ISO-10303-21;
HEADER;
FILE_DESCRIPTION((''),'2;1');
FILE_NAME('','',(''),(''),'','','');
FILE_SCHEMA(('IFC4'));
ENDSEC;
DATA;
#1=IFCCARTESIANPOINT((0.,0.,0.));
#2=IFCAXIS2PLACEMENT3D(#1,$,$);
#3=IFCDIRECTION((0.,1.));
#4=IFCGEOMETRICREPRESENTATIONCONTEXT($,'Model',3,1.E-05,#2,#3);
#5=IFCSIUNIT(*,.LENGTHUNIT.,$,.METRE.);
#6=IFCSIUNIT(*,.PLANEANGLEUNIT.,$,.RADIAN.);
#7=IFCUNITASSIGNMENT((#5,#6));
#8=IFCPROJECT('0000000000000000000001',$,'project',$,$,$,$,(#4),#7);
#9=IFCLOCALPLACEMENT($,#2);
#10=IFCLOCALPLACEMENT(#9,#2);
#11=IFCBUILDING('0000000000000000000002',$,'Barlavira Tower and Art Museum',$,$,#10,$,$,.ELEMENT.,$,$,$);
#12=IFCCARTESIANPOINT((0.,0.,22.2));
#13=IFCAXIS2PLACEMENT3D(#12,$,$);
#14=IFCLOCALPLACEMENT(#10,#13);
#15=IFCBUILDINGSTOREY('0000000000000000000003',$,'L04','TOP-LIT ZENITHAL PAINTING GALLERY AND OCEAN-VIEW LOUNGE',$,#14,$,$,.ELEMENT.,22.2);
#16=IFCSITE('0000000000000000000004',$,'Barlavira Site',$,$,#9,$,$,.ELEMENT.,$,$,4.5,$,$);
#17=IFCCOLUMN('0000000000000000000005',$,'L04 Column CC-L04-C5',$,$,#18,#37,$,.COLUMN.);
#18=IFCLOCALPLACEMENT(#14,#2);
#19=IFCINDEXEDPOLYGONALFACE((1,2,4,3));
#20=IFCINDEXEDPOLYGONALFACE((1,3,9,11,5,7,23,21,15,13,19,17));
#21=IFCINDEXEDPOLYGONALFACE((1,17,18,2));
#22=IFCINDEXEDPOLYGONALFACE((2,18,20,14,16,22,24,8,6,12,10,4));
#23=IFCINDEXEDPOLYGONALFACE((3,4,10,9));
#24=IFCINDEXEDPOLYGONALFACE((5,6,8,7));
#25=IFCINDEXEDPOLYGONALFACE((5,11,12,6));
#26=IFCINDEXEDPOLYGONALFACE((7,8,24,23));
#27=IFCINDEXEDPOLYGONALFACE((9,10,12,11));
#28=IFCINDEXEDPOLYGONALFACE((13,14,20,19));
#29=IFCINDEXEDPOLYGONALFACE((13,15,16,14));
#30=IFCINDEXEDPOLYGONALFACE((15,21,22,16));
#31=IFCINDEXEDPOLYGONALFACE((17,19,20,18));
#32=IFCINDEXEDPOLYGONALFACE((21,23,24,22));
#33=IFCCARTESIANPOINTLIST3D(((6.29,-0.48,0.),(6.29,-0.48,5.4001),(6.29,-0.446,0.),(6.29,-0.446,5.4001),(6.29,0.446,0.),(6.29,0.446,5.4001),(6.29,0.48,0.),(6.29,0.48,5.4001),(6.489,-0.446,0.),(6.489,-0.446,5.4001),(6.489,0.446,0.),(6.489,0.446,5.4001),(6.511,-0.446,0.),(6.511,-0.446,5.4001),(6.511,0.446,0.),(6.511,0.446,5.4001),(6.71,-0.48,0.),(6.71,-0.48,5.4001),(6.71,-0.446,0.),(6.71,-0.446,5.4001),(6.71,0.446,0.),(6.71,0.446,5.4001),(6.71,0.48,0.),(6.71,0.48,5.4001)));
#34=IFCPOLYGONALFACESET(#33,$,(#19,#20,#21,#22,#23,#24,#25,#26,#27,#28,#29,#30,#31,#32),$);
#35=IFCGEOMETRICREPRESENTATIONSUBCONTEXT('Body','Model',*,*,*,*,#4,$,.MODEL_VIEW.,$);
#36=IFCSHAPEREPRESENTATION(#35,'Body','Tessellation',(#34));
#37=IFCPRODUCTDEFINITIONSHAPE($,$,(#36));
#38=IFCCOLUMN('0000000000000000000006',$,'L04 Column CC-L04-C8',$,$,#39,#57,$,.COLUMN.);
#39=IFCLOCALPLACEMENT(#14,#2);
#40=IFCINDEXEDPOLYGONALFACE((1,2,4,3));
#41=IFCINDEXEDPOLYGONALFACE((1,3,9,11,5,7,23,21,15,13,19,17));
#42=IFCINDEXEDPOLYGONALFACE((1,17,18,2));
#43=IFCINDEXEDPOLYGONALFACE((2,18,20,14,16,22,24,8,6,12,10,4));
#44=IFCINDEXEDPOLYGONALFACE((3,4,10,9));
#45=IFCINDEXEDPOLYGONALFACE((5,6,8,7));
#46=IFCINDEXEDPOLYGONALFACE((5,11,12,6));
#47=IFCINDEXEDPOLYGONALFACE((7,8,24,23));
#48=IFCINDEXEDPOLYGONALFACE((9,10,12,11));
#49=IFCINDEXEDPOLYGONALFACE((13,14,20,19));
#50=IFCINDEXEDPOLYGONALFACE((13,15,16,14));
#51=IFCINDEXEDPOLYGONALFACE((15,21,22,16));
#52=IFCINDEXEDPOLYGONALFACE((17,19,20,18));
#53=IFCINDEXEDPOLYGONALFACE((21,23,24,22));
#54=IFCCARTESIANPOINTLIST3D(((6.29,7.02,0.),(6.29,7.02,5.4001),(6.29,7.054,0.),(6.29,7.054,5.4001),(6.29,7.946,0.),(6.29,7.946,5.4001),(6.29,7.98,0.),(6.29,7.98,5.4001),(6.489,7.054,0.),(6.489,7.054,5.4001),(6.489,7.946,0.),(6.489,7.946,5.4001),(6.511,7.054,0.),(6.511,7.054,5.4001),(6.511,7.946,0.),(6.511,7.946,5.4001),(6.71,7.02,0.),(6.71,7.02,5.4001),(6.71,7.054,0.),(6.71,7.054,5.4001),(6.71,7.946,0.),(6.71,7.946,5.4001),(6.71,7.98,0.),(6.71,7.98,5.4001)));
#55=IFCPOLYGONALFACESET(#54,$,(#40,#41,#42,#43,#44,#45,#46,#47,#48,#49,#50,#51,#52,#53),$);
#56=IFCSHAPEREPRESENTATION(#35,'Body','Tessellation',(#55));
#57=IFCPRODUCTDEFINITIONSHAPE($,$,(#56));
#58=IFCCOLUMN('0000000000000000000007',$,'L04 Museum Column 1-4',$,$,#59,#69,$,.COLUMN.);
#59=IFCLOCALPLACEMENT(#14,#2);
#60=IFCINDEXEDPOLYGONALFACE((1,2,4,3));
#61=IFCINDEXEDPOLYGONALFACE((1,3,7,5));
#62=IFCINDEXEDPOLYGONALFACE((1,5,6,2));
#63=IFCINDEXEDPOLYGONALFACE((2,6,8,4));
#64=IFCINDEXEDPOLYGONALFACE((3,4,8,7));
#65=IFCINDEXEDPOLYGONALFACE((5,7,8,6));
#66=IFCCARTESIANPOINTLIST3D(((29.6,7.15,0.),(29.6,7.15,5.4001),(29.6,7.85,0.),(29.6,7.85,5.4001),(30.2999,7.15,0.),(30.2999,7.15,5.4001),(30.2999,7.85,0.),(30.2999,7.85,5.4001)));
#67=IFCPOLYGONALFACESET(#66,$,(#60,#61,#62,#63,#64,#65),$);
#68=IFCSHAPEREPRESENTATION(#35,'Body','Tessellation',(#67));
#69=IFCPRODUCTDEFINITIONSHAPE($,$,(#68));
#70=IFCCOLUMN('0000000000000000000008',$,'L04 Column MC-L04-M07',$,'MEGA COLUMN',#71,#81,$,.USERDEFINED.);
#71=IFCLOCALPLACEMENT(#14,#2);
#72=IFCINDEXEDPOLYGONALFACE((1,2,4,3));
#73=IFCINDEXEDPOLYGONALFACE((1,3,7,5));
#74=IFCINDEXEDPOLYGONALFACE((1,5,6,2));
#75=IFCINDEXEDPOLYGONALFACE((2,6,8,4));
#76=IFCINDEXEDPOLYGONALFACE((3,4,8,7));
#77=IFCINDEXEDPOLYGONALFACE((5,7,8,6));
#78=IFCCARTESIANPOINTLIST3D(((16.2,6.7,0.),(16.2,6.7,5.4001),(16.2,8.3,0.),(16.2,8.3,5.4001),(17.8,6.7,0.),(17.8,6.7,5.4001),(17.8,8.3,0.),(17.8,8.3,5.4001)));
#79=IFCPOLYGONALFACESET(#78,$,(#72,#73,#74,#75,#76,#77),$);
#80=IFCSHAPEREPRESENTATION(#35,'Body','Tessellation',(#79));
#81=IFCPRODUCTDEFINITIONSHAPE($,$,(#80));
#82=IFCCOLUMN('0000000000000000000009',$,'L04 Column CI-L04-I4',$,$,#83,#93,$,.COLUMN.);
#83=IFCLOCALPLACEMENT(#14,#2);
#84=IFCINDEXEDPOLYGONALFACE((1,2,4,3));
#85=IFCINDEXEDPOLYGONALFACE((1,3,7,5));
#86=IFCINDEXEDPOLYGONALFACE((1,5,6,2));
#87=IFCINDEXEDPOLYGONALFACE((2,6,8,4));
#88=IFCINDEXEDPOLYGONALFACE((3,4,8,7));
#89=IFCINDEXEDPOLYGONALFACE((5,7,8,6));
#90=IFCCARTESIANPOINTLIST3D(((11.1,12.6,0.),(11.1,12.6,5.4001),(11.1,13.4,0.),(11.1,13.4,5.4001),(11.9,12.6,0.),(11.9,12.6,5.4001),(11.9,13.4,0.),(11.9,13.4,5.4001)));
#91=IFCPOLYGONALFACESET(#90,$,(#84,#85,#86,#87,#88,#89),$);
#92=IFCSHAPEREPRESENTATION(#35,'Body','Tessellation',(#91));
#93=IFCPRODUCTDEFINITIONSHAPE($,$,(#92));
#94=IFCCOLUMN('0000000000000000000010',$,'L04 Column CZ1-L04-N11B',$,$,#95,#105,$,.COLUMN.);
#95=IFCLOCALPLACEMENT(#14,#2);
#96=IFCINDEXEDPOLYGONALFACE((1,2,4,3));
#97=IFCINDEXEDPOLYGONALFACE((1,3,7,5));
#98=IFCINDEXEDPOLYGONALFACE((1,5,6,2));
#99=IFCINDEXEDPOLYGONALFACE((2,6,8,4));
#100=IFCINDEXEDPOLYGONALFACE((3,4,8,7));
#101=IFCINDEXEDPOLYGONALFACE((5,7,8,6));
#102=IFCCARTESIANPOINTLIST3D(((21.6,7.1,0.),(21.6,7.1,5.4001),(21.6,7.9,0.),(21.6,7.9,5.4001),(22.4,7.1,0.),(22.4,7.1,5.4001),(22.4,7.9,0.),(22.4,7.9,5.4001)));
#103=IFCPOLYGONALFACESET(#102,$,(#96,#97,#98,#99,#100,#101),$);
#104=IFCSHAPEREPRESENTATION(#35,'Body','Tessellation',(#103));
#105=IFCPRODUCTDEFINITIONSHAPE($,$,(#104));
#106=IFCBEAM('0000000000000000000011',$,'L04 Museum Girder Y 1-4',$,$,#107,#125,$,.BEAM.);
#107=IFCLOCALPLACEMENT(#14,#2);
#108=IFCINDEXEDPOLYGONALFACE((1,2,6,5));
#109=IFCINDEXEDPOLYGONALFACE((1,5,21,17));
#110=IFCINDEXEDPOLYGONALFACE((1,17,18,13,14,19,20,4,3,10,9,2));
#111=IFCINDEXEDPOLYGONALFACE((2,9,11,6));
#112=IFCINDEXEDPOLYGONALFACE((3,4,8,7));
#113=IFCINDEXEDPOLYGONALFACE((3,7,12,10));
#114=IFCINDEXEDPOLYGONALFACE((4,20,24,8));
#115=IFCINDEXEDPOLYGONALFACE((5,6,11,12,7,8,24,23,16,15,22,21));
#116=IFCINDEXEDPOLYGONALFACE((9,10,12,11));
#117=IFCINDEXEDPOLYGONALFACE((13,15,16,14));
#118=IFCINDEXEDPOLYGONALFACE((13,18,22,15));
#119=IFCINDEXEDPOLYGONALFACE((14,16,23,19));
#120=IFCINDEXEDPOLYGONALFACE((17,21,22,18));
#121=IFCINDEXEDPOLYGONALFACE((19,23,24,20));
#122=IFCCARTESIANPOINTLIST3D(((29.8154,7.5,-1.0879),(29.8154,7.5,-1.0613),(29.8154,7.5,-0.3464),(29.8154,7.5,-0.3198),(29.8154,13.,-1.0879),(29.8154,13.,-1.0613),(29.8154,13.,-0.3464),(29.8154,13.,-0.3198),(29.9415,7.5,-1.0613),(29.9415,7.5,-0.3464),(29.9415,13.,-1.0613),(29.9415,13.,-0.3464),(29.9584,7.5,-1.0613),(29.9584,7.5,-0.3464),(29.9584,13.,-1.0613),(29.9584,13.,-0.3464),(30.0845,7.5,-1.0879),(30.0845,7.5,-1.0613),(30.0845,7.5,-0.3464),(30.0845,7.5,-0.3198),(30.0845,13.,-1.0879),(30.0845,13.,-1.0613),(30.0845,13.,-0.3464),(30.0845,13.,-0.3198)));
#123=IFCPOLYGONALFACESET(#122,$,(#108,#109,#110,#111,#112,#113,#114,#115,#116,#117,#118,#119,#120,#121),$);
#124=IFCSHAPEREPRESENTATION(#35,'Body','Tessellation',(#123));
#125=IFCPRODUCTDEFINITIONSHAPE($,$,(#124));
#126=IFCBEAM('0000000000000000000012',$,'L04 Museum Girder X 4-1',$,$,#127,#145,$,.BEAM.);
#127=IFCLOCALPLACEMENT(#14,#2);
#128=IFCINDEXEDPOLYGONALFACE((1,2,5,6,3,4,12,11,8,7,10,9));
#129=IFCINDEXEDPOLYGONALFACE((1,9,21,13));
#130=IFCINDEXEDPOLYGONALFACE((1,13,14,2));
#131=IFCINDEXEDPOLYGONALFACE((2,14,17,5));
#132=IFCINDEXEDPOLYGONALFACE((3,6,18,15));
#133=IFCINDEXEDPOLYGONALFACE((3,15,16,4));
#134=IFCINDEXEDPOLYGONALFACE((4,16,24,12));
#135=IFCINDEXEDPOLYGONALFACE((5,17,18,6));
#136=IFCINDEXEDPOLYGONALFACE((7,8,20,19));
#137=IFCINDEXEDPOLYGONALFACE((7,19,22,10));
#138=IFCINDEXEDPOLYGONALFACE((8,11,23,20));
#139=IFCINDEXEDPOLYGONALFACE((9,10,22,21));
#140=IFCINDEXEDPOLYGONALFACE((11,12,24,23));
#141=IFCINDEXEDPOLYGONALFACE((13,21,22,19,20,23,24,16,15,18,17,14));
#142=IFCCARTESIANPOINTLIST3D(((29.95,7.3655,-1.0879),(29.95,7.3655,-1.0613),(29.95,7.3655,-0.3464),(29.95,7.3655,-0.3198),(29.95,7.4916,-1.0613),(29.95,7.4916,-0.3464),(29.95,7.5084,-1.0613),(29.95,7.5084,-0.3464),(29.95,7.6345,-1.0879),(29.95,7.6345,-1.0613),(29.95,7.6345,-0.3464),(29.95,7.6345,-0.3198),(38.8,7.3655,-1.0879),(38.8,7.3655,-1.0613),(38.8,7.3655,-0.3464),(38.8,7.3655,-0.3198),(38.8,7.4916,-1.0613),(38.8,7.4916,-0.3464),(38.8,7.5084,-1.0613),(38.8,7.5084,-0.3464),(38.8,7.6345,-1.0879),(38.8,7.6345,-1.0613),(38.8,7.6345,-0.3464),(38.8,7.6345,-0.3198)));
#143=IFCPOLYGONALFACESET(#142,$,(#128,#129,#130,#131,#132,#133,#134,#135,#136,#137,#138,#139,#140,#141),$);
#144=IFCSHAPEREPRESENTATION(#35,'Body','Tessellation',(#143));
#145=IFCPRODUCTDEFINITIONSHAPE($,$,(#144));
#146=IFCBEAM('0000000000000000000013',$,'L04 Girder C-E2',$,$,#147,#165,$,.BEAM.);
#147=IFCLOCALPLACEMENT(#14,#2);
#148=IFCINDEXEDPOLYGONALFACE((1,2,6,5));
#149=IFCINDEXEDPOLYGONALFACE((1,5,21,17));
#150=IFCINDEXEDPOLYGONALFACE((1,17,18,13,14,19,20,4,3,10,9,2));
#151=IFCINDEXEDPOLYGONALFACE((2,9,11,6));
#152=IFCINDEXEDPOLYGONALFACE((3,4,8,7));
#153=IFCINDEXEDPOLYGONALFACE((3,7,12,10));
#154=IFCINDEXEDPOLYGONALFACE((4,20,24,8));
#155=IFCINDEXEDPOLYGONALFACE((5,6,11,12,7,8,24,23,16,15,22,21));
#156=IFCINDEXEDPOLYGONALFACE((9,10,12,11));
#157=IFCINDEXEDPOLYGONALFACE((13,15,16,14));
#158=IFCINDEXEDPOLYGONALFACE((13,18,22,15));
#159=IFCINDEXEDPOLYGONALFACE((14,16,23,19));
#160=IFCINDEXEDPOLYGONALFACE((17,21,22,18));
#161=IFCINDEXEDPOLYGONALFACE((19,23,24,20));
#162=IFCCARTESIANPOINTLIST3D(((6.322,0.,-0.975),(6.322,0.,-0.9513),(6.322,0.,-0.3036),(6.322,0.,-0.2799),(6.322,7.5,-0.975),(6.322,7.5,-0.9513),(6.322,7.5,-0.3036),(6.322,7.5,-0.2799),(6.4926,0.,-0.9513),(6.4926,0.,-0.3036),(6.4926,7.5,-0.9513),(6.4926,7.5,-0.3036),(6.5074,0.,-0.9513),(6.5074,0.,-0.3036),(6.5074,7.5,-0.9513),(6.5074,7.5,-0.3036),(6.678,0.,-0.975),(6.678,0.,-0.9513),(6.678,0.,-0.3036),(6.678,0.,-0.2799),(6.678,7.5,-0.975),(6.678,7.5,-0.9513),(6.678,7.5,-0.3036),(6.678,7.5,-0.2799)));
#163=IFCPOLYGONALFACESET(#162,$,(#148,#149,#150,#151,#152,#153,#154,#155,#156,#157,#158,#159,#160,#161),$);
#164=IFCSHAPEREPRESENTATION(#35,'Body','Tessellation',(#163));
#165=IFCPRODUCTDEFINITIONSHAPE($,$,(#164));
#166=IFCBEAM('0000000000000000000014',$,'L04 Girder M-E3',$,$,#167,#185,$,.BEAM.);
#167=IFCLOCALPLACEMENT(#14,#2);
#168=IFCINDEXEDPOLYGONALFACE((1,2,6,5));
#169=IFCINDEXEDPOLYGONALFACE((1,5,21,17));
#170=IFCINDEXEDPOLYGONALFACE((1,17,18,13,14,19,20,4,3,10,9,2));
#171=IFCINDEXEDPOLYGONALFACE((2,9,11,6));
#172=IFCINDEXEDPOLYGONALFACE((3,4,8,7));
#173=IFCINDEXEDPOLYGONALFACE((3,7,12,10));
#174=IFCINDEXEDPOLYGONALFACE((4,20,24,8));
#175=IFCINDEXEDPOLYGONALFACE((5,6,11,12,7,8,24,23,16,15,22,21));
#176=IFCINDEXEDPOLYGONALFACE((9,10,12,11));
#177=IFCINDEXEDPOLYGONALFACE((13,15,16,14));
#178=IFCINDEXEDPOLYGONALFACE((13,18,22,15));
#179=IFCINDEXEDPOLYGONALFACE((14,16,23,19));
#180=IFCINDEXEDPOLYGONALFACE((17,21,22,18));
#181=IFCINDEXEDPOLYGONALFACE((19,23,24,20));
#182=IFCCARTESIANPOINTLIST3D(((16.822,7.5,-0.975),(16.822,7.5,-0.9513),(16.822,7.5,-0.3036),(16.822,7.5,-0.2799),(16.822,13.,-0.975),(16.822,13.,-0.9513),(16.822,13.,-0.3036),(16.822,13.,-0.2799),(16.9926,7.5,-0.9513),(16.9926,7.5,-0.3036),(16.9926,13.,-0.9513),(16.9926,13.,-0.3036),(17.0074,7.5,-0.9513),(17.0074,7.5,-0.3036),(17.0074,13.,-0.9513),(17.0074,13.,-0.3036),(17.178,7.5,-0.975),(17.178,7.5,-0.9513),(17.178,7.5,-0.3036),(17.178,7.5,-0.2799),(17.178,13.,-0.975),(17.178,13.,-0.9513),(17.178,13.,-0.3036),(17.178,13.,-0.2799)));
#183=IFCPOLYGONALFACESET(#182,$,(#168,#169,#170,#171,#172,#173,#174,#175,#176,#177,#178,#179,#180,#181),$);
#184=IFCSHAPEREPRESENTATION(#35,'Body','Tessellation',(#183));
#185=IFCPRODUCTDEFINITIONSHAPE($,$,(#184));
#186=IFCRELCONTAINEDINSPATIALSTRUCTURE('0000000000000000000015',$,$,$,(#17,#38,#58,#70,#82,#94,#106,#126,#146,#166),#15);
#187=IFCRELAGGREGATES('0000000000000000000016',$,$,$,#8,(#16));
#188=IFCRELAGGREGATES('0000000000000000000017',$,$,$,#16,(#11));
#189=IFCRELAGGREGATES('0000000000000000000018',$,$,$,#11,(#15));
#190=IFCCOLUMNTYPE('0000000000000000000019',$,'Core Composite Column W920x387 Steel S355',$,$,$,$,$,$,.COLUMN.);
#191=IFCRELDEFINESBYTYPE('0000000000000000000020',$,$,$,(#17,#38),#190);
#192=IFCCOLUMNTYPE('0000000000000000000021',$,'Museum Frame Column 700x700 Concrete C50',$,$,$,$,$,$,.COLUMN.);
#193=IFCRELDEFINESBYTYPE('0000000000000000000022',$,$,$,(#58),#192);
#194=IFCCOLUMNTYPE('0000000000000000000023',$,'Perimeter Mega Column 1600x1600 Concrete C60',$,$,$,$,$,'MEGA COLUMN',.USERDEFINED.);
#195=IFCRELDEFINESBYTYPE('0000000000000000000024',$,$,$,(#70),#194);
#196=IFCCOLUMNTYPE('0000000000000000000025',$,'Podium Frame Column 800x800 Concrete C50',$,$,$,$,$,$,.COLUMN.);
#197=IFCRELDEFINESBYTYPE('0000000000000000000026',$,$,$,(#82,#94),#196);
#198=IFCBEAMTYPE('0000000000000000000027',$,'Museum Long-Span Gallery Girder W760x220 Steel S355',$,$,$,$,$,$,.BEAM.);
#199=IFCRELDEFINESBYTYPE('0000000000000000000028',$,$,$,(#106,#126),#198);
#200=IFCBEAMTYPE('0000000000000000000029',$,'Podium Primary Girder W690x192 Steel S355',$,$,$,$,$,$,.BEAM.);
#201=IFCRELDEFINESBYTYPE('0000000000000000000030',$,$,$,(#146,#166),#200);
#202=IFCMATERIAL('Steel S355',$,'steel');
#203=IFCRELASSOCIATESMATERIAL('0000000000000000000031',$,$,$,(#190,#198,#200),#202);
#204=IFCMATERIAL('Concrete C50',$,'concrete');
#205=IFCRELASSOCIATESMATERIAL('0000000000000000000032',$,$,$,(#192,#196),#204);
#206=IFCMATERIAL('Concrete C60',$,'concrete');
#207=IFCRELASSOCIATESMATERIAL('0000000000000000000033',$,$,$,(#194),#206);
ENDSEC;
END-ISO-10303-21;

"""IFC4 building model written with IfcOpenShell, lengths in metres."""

from ifc_helpers import new_model, si_unit, direction, frame, origin, origin_2d, place, context, subcontext, project, spatial, rectangle, i_section, extrude, material, material_profile, profile_set, type_object, element, save


model = new_model("IFC4")

# Units and contexts
model_context = context("Model", 3, precision=1e-05, world=origin(), true_north=direction((0.0, 1.0)))
body_context = subcontext(model_context, "Body", "Model", "MODEL_VIEW")
ifc_project = project(units=[si_unit("LENGTHUNIT", "METRE"), si_unit("PLANEANGLEUNIT", "RADIAN")], contexts=[model_context])

# Site, building, storey
site_placement = place(None, origin())
site = spatial("IfcSite", under=ifc_project, at=site_placement, Name="Barlavira Site", CompositionType="ELEMENT", RefElevation=4.5)
building_placement = place(site_placement, origin())
building = spatial("IfcBuilding", under=site, at=building_placement, Name="Barlavira Tower and Art Museum", CompositionType="ELEMENT")
storey_placement = place(building_placement, frame((0.0, 0.0, 22.2)))
storey = spatial("IfcBuildingStorey", under=building, at=storey_placement, Name="L04", Description="TOP-LIT ZENITHAL PAINTING GALLERY AND OCEAN-VIEW LOUNGE", CompositionType="ELEMENT", Elevation=22.2)

# Columns
ifc_material_1 = material(Name="Steel S355", Category="steel")
ifc_material_profile_1 = material_profile(ifc_material_1, i_section(OverallWidth=0.4199, OverallDepth=0.96, WebThickness=0.022, FlangeThickness=0.0339, at=origin_2d()), Name="W920x387.0")
ifc_profile_set_1 = profile_set([ifc_material_profile_1], Name="Steel S355")
column_type_1 = type_object("IfcColumnType", Name="Core Composite Column W920x387 Steel S355", PredefinedType="COLUMN", material=ifc_profile_set_1)
for number, where, z_axis, x_axis, name in (
    (1, (6.5, 0.0, 0.0), (0.0, 0.0, 1.0), (1.0, 0.0, 0.0), "L04 Column CC-L04-C5"),
    (2, (6.5, 7.5, 0.0), (0.0, 0.0, 1.0), (1.0, 0.0, 0.0), "L04 Column CC-L04-C8"),
):
    element("IfcColumn", number, at=place(storey_placement, frame(where, z_axis=z_axis, x_axis=x_axis)), inside=storey, type_object=column_type_1, Name=name, PredefinedType="COLUMN", context=body_context, shape_type="SweptSolid", body=[
        extrude(i_section(OverallWidth=0.4199, OverallDepth=0.96, WebThickness=0.022, FlangeThickness=0.0339, at=origin_2d()), origin(), (0.0, 0.0, 1.0), 5.4001),
    ])
ifc_material_2 = material(Name="Concrete C50", Category="concrete")
ifc_material_profile_2 = material_profile(ifc_material_2, rectangle(XDim=0.7, YDim=0.7, at=origin_2d()), Name="RC-COL 700x700")
ifc_profile_set_2 = profile_set([ifc_material_profile_2], Name="Concrete C50")
column_type_2 = type_object("IfcColumnType", Name="Museum Frame Column 700x700 Concrete C50", PredefinedType="COLUMN", material=ifc_profile_set_2)
column_1_placement = place(storey_placement, frame((29.95, 7.5, 0.0), z_axis=(0.0, 0.0, 1.0), x_axis=(1.0, 0.0, 0.0)))
element("IfcColumn", 3, at=column_1_placement, inside=storey, type_object=column_type_2, Name="L04 Museum Column 1-4", PredefinedType="COLUMN", context=body_context, shape_type="SweptSolid", body=[
    extrude(rectangle(XDim=0.7, YDim=0.7, at=origin_2d()), origin(), (0.0, 0.0, 1.0), 5.4001),
])
ifc_material_3 = material(Name="Concrete C60", Category="concrete")
ifc_material_profile_3 = material_profile(ifc_material_3, rectangle(XDim=1.6001, YDim=1.6001, at=origin_2d()), Name="RC-MCOL 1600x1600")
ifc_profile_set_3 = profile_set([ifc_material_profile_3], Name="Concrete C60")
column_type_3 = type_object("IfcColumnType", Name="Perimeter Mega Column 1600x1600 Concrete C60", ElementType="MEGA COLUMN", PredefinedType="USERDEFINED", material=ifc_profile_set_3)
column_2_placement = place(storey_placement, frame((17.0, 7.5, 0.0), z_axis=(0.0, 0.0, 1.0), x_axis=(1.0, 0.0, 0.0)))
element("IfcColumn", 4, at=column_2_placement, inside=storey, type_object=column_type_3, Name="L04 Column MC-L04-M07", ObjectType="MEGA COLUMN", PredefinedType="USERDEFINED", context=body_context, shape_type="SweptSolid", body=[
    extrude(rectangle(XDim=1.6001, YDim=1.6001, at=origin_2d()), origin(), (0.0, 0.0, 1.0), 5.4001),
])
ifc_material_profile_4 = material_profile(ifc_material_2, rectangle(XDim=0.8, YDim=0.8, at=origin_2d()), Name="RC-COL 800x800")
ifc_profile_set_4 = profile_set([ifc_material_profile_4], Name="Concrete C50")
column_type_4 = type_object("IfcColumnType", Name="Podium Frame Column 800x800 Concrete C50", PredefinedType="COLUMN", material=ifc_profile_set_4)
for number, where, z_axis, x_axis, name in (
    (5, (11.5, 13.0, 0.0), (0.0, 0.0, 1.0), (1.0, 0.0, 0.0), "L04 Column CI-L04-I4"),
    (6, (22.0, 7.5, 0.0), (0.0, 0.0, 1.0), (1.0, 0.0, 0.0), "L04 Column CZ1-L04-N11B"),
):
    element("IfcColumn", number, at=place(storey_placement, frame(where, z_axis=z_axis, x_axis=x_axis)), inside=storey, type_object=column_type_4, Name=name, PredefinedType="COLUMN", context=body_context, shape_type="SweptSolid", body=[
        extrude(rectangle(XDim=0.8, YDim=0.8, at=origin_2d()), origin(), (0.0, 0.0, 1.0), 5.4001),
    ])

# Beams
ifc_material_profile_5 = material_profile(ifc_material_1, i_section(OverallWidth=0.269, OverallDepth=0.7681, WebThickness=0.0168, FlangeThickness=0.0266, at=origin_2d()), Name="W760x220.0")
ifc_profile_set_5 = profile_set([ifc_material_profile_5], Name="Steel S355")
beam_type_1 = type_object("IfcBeamType", Name="Museum Long-Span Gallery Girder W760x220 Steel S355", PredefinedType="BEAM", material=ifc_profile_set_5)
beam_1_placement = place(storey_placement, frame((29.95, 7.5, -0.7039), z_axis=(0.0, 1.0, 0.0), x_axis=(-1.0, 0.0, 0.0)))
element("IfcBeam", 7, at=beam_1_placement, inside=storey, type_object=beam_type_1, Name="L04 Museum Girder Y 1-4", PredefinedType="BEAM", context=body_context, shape_type="SweptSolid", body=[
    extrude(i_section(OverallWidth=0.269, OverallDepth=0.7681, WebThickness=0.0168, FlangeThickness=0.0266, at=origin_2d()), origin(), (0.0, 0.0, 1.0), 5.5),
])
beam_2_placement = place(storey_placement, frame((29.95, 7.5, -0.7039), z_axis=(1.0, 0.0, 0.0), x_axis=(0.0, 1.0, 0.0)))
element("IfcBeam", 8, at=beam_2_placement, inside=storey, type_object=beam_type_1, Name="L04 Museum Girder X 4-1", PredefinedType="BEAM", context=body_context, shape_type="SweptSolid", body=[
    extrude(i_section(OverallWidth=0.269, OverallDepth=0.7681, WebThickness=0.0168, FlangeThickness=0.0266, at=origin_2d()), origin(), (0.0, 0.0, 1.0), 8.8501),
])
ifc_material_profile_6 = material_profile(ifc_material_1, i_section(OverallWidth=0.356, OverallDepth=0.6951, WebThickness=0.0149, FlangeThickness=0.0237, at=origin_2d()), Name="W690x192.0")
ifc_profile_set_6 = profile_set([ifc_material_profile_6], Name="Steel S355")
beam_type_2 = type_object("IfcBeamType", Name="Podium Primary Girder W690x192 Steel S355", PredefinedType="BEAM", material=ifc_profile_set_6)
beam_3_placement = place(storey_placement, frame((6.5, 0.0, -0.6274), z_axis=(0.0, 1.0, 0.0), x_axis=(-1.0, 0.0, 0.0)))
element("IfcBeam", 9, at=beam_3_placement, inside=storey, type_object=beam_type_2, Name="L04 Girder C-E2", PredefinedType="BEAM", context=body_context, shape_type="SweptSolid", body=[
    extrude(i_section(OverallWidth=0.356, OverallDepth=0.6951, WebThickness=0.0149, FlangeThickness=0.0237, at=origin_2d()), origin(), (0.0, 0.0, 1.0), 7.5),
])
beam_4_placement = place(storey_placement, frame((17.0, 7.5, -0.6274), z_axis=(0.0, 1.0, 0.0), x_axis=(-1.0, 0.0, 0.0)))
element("IfcBeam", 10, at=beam_4_placement, inside=storey, type_object=beam_type_2, Name="L04 Girder M-E3", PredefinedType="BEAM", context=body_context, shape_type="SweptSolid", body=[
    extrude(i_section(OverallWidth=0.356, OverallDepth=0.6951, WebThickness=0.0149, FlangeThickness=0.0237, at=origin_2d()), origin(), (0.0, 0.0, 1.0), 5.5),
])

save(model, "model.ifc")
